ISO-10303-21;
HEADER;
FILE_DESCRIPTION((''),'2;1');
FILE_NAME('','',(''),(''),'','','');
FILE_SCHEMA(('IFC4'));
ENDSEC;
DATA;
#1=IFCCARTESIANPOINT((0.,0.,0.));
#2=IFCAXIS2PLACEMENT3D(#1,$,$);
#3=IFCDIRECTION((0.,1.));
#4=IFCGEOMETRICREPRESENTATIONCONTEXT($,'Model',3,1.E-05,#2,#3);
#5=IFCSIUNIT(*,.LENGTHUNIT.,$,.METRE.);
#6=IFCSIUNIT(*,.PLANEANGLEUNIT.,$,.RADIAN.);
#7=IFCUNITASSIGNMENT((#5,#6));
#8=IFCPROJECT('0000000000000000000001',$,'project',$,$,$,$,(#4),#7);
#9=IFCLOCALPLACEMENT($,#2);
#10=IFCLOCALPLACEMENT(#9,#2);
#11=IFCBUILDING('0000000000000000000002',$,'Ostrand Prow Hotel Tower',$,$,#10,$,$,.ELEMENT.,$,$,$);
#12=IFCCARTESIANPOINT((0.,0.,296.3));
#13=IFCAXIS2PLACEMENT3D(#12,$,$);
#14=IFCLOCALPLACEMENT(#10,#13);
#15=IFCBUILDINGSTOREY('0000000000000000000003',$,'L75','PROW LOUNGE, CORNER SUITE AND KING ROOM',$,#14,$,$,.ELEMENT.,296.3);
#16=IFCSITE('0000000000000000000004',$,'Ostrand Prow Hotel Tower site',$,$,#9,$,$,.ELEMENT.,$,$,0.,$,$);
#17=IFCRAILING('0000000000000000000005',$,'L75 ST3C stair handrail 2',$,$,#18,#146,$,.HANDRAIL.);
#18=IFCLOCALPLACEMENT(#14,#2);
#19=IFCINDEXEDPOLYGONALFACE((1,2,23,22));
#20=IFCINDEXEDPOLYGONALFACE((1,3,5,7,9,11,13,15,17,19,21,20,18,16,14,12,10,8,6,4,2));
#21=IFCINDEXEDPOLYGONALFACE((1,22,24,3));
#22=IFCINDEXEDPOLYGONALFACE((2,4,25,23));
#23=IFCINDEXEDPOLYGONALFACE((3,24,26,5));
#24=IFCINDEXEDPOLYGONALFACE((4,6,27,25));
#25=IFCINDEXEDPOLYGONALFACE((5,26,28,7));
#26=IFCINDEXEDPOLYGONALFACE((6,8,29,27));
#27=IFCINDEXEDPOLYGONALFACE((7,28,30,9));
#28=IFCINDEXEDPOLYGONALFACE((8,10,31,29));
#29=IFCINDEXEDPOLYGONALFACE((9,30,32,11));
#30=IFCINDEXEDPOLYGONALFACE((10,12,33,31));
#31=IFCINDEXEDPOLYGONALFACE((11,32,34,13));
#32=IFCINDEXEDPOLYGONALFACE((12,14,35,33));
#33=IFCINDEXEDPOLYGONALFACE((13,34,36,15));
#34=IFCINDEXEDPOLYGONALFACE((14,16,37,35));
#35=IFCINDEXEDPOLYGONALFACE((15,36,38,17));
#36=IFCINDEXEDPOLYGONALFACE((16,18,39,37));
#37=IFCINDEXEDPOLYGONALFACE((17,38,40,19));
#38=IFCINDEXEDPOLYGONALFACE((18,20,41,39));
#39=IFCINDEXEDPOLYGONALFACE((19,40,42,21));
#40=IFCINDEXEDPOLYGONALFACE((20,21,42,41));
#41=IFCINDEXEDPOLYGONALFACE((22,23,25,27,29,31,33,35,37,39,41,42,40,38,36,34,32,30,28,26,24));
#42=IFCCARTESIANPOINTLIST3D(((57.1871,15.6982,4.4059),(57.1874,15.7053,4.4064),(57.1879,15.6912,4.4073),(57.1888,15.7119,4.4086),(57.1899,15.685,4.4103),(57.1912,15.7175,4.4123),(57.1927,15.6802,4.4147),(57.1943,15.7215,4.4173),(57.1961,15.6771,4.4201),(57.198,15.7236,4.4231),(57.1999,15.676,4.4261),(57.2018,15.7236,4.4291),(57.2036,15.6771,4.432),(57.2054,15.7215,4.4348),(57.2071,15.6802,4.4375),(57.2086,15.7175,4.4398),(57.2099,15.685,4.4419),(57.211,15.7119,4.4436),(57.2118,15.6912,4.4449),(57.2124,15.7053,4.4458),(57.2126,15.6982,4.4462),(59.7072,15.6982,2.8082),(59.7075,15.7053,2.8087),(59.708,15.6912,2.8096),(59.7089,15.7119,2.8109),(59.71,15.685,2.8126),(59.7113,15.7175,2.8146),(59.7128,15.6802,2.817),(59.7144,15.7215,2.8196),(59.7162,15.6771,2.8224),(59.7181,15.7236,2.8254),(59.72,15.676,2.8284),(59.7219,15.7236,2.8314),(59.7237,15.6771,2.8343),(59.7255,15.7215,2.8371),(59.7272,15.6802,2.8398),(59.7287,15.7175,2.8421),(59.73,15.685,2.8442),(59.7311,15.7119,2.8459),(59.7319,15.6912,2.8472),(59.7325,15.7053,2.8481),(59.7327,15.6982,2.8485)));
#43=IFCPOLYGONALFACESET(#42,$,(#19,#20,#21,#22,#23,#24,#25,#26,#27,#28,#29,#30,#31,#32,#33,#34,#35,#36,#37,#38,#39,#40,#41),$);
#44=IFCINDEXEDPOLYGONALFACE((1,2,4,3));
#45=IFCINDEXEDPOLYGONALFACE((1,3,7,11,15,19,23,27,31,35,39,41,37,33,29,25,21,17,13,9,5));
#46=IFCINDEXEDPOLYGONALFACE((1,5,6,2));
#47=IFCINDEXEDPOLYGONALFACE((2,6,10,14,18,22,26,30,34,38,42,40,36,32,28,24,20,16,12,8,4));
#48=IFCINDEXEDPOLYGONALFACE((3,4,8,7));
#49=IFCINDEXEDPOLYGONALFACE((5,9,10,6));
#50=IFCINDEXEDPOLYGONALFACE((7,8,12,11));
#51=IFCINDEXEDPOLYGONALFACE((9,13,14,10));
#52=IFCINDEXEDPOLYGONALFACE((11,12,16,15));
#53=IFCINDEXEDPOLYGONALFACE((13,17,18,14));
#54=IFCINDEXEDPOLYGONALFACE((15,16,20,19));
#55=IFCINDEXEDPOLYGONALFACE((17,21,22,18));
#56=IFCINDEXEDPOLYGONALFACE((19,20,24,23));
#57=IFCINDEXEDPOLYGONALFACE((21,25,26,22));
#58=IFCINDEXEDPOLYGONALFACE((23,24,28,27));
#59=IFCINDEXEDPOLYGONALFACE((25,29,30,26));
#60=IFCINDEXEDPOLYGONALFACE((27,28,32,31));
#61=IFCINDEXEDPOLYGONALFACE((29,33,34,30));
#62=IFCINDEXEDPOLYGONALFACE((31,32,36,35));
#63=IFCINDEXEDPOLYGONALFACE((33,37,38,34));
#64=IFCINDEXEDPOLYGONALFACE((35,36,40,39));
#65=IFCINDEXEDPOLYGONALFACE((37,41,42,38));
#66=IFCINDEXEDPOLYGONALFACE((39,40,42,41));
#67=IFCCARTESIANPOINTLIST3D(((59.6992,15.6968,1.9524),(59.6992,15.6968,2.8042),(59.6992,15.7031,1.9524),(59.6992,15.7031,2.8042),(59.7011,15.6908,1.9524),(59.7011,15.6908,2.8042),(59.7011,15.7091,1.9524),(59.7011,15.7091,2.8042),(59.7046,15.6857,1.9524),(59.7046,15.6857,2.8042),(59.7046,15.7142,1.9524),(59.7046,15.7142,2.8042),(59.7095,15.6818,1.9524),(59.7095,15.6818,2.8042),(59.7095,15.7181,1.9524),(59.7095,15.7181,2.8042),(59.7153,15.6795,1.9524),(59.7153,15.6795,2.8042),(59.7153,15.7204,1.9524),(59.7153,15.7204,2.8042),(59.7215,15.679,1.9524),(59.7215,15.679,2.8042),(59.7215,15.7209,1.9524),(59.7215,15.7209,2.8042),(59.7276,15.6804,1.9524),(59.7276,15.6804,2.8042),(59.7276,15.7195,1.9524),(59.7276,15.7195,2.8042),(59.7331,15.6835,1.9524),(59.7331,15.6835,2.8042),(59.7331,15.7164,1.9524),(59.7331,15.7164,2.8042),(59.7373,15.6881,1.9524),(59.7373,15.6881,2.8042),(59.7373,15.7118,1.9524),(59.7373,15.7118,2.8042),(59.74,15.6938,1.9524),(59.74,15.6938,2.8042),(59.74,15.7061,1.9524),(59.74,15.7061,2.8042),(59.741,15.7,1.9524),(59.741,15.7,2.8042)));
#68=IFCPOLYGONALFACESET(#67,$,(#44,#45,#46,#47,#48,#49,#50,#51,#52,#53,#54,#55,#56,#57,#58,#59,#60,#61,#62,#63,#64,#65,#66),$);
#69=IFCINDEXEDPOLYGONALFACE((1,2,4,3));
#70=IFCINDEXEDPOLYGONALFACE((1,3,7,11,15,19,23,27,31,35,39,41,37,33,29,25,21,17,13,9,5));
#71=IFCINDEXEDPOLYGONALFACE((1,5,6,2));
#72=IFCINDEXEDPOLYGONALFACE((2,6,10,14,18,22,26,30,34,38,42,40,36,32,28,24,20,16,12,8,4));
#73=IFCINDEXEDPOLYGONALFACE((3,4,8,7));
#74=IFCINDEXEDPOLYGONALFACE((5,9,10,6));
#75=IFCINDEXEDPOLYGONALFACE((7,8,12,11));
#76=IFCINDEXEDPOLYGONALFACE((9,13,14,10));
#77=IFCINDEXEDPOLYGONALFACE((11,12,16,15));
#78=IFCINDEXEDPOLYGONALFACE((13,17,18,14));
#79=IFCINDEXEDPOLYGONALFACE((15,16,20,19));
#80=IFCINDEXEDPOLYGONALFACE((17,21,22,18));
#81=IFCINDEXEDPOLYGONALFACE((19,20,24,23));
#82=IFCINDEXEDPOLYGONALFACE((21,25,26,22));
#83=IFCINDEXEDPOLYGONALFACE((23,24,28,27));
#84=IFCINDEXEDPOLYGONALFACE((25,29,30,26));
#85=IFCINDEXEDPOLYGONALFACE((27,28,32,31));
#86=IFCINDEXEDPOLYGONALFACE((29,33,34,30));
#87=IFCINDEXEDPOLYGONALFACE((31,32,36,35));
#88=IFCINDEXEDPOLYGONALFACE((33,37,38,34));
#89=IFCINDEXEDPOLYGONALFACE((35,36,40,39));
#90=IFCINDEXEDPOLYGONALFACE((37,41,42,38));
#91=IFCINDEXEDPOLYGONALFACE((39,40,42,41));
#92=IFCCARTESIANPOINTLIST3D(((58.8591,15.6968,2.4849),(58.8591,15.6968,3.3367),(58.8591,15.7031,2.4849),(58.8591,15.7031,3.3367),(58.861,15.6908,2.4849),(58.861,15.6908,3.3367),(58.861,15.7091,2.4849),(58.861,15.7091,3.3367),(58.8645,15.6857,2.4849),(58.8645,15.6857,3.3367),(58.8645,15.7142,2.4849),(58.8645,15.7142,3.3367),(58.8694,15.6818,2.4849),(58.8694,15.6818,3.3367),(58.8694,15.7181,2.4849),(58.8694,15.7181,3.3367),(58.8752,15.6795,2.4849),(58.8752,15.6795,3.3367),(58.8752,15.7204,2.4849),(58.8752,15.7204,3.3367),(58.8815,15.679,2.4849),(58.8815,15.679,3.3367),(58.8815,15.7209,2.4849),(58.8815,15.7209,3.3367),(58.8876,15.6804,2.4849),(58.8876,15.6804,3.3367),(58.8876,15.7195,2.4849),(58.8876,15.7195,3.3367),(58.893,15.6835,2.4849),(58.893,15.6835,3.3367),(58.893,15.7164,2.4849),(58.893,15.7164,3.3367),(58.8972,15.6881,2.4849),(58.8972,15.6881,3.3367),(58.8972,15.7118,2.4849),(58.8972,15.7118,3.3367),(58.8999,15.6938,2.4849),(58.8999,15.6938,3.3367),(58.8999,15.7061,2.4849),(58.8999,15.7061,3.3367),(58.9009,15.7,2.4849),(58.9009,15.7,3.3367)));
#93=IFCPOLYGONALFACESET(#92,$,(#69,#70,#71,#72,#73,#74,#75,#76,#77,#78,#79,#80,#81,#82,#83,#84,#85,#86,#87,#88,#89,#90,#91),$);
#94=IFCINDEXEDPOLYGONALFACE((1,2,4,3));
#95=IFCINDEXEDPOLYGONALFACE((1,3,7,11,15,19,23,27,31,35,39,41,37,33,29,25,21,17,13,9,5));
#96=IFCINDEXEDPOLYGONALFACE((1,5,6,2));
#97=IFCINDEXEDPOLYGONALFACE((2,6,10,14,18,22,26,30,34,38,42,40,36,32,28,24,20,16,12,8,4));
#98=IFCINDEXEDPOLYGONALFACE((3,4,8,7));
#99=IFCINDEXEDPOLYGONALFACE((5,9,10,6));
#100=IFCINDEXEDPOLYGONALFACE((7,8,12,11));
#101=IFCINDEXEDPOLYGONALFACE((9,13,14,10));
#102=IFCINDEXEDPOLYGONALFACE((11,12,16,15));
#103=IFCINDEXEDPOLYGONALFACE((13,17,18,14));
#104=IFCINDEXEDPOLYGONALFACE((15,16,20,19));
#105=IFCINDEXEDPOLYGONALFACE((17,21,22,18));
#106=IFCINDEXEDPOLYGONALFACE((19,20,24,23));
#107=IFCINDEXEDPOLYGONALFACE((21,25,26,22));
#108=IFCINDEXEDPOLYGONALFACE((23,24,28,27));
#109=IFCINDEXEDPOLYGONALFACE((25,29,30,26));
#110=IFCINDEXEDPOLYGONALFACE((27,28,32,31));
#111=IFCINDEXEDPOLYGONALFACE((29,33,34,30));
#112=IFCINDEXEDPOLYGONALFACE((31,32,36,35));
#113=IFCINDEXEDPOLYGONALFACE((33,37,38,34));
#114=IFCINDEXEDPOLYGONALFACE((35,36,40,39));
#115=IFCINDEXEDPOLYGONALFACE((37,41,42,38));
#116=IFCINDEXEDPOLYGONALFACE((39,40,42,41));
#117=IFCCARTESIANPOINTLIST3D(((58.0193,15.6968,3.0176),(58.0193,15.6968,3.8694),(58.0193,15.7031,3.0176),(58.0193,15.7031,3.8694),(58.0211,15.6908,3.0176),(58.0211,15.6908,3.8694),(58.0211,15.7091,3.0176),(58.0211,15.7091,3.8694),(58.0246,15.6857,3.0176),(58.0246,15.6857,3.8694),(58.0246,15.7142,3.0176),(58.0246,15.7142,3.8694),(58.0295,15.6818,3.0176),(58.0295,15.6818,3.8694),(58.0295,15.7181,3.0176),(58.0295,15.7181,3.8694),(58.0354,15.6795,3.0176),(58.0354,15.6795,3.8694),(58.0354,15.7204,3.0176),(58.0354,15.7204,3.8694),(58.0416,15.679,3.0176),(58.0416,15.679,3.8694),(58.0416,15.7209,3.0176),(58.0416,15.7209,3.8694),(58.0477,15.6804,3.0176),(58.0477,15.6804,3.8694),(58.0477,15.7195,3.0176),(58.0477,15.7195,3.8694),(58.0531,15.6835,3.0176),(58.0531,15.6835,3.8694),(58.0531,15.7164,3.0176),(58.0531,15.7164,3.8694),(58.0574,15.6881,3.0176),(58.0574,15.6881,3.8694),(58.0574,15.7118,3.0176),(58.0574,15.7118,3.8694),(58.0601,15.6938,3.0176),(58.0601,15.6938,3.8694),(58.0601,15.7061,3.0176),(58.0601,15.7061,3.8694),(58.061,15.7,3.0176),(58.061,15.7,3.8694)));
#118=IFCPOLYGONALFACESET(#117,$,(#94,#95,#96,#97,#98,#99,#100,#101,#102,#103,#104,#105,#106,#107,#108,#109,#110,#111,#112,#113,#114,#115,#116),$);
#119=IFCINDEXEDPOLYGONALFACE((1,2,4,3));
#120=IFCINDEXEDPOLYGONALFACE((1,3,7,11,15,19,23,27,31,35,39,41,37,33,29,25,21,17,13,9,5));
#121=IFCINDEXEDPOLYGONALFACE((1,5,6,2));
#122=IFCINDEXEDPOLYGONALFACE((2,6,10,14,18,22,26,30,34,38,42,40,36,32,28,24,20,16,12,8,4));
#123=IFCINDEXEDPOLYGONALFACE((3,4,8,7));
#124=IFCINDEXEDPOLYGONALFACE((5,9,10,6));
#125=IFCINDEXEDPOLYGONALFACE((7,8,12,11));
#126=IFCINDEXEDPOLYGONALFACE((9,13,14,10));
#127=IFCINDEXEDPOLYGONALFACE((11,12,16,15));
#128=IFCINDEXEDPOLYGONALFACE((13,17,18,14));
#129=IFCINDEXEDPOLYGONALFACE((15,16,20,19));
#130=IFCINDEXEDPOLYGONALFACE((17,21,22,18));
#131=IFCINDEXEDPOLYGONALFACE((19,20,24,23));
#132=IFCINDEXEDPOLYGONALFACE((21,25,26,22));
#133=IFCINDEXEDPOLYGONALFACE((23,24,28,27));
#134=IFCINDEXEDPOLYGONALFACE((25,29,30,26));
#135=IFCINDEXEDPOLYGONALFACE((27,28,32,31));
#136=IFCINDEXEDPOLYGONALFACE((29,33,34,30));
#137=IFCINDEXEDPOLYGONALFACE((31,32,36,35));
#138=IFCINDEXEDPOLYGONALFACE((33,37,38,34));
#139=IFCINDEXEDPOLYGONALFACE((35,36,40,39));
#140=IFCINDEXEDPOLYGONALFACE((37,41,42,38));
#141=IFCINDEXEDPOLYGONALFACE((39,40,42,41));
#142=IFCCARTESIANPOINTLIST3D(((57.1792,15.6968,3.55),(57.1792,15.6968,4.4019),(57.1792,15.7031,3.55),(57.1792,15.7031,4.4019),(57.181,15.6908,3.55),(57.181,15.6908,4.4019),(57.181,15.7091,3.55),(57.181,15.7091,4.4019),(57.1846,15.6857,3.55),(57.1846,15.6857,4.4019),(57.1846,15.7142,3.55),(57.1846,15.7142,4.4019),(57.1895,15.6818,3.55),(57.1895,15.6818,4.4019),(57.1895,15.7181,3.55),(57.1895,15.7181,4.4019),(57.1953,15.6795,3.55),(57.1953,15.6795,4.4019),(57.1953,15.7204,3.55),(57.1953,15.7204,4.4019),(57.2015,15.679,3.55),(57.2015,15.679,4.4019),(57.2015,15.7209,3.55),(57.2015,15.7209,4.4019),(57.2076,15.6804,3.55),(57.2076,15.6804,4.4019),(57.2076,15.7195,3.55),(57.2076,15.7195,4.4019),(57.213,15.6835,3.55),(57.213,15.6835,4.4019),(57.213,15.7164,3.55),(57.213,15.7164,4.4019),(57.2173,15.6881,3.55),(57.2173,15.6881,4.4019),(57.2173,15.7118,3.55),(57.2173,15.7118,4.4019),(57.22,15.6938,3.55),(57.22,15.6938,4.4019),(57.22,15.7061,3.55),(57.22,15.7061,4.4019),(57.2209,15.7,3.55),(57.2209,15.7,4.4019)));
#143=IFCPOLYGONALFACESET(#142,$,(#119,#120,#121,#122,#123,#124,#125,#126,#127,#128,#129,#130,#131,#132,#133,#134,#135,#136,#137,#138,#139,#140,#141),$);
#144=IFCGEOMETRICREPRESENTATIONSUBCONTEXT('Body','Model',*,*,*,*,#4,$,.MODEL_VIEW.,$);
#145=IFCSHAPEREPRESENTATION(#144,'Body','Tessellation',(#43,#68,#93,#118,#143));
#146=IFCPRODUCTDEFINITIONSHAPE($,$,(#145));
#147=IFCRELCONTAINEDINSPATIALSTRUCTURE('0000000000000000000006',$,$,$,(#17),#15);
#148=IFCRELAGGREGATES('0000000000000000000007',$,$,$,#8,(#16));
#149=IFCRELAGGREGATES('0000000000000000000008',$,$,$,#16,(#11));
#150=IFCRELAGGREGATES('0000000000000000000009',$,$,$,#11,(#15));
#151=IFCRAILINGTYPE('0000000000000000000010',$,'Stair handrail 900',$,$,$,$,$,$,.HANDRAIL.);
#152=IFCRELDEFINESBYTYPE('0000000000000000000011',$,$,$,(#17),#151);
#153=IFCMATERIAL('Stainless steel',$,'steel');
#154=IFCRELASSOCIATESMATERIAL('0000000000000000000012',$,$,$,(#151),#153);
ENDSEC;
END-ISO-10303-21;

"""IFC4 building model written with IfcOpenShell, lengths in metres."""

from ifc_helpers import new_model, si_unit, direction, frame, origin, origin_2d, place, context, subcontext, project, spatial, circle, extrude, material, type_object, element, save


model = new_model("IFC4")

# Units and contexts
model_context = context("Model", 3, precision=1e-05, world=origin(), true_north=direction((0.0, 1.0)))
body_context = subcontext(model_context, "Body", "Model", "MODEL_VIEW")
ifc_project = project(units=[si_unit("LENGTHUNIT", "METRE"), si_unit("PLANEANGLEUNIT", "RADIAN")], contexts=[model_context])

# Site, building, storey
site_placement = place(None, origin())
site = spatial("IfcSite", under=ifc_project, at=site_placement, Name="Ostrand Prow Hotel Tower site", CompositionType="ELEMENT", RefElevation=0.0)
building_placement = place(site_placement, origin())
building = spatial("IfcBuilding", under=site, at=building_placement, Name="Ostrand Prow Hotel Tower", CompositionType="ELEMENT")
storey_placement = place(building_placement, frame((0.0, 0.0, 296.3)))
storey = spatial("IfcBuildingStorey", under=building, at=storey_placement, Name="L75", Description="PROW LOUNGE, CORNER SUITE AND KING ROOM", CompositionType="ELEMENT", Elevation=296.3)

# Railing
ifc_material_1 = material(Name="Stainless steel", Category="steel")
railing_type_1 = type_object("IfcRailingType", Name="Stair handrail 900", PredefinedType="HANDRAIL", material=ifc_material_1)
railing_1_placement = place(storey_placement, frame((59.72, 15.7, 1.9524)))
element("IfcRailing", 1, at=railing_1_placement, inside=storey, type_object=railing_type_1, Name="L75 ST3C stair handrail 2", PredefinedType="HANDRAIL", context=body_context, shape_type="SweptSolid", body=[
    extrude(circle(Radius=0.0239, at=origin_2d()), frame((0.0, 0.0, 0.876), z_axis=(-0.84457, 0.0, 0.535445), x_axis=(0.0, -1.0, 0.0)), (0.0, 0.0, 1.0), 2.9839),
    extrude(circle(Radius=0.021, at=origin_2d()), origin(), (0.0, 0.0, 1.0), 0.8518),
    extrude(circle(Radius=0.021, at=origin_2d()), frame((-0.8401, 0.0, 0.5325)), (0.0, 0.0, 1.0), 0.8518),
    extrude(circle(Radius=0.021, at=origin_2d()), frame((-1.6799, 0.0, 1.0652)), (0.0, 0.0, 1.0), 0.8518),
    extrude(circle(Radius=0.021, at=origin_2d()), frame((-2.52, 0.0, 1.5977)), (0.0, 0.0, 1.0), 0.8518),
])

save(model, "model.ifc")
